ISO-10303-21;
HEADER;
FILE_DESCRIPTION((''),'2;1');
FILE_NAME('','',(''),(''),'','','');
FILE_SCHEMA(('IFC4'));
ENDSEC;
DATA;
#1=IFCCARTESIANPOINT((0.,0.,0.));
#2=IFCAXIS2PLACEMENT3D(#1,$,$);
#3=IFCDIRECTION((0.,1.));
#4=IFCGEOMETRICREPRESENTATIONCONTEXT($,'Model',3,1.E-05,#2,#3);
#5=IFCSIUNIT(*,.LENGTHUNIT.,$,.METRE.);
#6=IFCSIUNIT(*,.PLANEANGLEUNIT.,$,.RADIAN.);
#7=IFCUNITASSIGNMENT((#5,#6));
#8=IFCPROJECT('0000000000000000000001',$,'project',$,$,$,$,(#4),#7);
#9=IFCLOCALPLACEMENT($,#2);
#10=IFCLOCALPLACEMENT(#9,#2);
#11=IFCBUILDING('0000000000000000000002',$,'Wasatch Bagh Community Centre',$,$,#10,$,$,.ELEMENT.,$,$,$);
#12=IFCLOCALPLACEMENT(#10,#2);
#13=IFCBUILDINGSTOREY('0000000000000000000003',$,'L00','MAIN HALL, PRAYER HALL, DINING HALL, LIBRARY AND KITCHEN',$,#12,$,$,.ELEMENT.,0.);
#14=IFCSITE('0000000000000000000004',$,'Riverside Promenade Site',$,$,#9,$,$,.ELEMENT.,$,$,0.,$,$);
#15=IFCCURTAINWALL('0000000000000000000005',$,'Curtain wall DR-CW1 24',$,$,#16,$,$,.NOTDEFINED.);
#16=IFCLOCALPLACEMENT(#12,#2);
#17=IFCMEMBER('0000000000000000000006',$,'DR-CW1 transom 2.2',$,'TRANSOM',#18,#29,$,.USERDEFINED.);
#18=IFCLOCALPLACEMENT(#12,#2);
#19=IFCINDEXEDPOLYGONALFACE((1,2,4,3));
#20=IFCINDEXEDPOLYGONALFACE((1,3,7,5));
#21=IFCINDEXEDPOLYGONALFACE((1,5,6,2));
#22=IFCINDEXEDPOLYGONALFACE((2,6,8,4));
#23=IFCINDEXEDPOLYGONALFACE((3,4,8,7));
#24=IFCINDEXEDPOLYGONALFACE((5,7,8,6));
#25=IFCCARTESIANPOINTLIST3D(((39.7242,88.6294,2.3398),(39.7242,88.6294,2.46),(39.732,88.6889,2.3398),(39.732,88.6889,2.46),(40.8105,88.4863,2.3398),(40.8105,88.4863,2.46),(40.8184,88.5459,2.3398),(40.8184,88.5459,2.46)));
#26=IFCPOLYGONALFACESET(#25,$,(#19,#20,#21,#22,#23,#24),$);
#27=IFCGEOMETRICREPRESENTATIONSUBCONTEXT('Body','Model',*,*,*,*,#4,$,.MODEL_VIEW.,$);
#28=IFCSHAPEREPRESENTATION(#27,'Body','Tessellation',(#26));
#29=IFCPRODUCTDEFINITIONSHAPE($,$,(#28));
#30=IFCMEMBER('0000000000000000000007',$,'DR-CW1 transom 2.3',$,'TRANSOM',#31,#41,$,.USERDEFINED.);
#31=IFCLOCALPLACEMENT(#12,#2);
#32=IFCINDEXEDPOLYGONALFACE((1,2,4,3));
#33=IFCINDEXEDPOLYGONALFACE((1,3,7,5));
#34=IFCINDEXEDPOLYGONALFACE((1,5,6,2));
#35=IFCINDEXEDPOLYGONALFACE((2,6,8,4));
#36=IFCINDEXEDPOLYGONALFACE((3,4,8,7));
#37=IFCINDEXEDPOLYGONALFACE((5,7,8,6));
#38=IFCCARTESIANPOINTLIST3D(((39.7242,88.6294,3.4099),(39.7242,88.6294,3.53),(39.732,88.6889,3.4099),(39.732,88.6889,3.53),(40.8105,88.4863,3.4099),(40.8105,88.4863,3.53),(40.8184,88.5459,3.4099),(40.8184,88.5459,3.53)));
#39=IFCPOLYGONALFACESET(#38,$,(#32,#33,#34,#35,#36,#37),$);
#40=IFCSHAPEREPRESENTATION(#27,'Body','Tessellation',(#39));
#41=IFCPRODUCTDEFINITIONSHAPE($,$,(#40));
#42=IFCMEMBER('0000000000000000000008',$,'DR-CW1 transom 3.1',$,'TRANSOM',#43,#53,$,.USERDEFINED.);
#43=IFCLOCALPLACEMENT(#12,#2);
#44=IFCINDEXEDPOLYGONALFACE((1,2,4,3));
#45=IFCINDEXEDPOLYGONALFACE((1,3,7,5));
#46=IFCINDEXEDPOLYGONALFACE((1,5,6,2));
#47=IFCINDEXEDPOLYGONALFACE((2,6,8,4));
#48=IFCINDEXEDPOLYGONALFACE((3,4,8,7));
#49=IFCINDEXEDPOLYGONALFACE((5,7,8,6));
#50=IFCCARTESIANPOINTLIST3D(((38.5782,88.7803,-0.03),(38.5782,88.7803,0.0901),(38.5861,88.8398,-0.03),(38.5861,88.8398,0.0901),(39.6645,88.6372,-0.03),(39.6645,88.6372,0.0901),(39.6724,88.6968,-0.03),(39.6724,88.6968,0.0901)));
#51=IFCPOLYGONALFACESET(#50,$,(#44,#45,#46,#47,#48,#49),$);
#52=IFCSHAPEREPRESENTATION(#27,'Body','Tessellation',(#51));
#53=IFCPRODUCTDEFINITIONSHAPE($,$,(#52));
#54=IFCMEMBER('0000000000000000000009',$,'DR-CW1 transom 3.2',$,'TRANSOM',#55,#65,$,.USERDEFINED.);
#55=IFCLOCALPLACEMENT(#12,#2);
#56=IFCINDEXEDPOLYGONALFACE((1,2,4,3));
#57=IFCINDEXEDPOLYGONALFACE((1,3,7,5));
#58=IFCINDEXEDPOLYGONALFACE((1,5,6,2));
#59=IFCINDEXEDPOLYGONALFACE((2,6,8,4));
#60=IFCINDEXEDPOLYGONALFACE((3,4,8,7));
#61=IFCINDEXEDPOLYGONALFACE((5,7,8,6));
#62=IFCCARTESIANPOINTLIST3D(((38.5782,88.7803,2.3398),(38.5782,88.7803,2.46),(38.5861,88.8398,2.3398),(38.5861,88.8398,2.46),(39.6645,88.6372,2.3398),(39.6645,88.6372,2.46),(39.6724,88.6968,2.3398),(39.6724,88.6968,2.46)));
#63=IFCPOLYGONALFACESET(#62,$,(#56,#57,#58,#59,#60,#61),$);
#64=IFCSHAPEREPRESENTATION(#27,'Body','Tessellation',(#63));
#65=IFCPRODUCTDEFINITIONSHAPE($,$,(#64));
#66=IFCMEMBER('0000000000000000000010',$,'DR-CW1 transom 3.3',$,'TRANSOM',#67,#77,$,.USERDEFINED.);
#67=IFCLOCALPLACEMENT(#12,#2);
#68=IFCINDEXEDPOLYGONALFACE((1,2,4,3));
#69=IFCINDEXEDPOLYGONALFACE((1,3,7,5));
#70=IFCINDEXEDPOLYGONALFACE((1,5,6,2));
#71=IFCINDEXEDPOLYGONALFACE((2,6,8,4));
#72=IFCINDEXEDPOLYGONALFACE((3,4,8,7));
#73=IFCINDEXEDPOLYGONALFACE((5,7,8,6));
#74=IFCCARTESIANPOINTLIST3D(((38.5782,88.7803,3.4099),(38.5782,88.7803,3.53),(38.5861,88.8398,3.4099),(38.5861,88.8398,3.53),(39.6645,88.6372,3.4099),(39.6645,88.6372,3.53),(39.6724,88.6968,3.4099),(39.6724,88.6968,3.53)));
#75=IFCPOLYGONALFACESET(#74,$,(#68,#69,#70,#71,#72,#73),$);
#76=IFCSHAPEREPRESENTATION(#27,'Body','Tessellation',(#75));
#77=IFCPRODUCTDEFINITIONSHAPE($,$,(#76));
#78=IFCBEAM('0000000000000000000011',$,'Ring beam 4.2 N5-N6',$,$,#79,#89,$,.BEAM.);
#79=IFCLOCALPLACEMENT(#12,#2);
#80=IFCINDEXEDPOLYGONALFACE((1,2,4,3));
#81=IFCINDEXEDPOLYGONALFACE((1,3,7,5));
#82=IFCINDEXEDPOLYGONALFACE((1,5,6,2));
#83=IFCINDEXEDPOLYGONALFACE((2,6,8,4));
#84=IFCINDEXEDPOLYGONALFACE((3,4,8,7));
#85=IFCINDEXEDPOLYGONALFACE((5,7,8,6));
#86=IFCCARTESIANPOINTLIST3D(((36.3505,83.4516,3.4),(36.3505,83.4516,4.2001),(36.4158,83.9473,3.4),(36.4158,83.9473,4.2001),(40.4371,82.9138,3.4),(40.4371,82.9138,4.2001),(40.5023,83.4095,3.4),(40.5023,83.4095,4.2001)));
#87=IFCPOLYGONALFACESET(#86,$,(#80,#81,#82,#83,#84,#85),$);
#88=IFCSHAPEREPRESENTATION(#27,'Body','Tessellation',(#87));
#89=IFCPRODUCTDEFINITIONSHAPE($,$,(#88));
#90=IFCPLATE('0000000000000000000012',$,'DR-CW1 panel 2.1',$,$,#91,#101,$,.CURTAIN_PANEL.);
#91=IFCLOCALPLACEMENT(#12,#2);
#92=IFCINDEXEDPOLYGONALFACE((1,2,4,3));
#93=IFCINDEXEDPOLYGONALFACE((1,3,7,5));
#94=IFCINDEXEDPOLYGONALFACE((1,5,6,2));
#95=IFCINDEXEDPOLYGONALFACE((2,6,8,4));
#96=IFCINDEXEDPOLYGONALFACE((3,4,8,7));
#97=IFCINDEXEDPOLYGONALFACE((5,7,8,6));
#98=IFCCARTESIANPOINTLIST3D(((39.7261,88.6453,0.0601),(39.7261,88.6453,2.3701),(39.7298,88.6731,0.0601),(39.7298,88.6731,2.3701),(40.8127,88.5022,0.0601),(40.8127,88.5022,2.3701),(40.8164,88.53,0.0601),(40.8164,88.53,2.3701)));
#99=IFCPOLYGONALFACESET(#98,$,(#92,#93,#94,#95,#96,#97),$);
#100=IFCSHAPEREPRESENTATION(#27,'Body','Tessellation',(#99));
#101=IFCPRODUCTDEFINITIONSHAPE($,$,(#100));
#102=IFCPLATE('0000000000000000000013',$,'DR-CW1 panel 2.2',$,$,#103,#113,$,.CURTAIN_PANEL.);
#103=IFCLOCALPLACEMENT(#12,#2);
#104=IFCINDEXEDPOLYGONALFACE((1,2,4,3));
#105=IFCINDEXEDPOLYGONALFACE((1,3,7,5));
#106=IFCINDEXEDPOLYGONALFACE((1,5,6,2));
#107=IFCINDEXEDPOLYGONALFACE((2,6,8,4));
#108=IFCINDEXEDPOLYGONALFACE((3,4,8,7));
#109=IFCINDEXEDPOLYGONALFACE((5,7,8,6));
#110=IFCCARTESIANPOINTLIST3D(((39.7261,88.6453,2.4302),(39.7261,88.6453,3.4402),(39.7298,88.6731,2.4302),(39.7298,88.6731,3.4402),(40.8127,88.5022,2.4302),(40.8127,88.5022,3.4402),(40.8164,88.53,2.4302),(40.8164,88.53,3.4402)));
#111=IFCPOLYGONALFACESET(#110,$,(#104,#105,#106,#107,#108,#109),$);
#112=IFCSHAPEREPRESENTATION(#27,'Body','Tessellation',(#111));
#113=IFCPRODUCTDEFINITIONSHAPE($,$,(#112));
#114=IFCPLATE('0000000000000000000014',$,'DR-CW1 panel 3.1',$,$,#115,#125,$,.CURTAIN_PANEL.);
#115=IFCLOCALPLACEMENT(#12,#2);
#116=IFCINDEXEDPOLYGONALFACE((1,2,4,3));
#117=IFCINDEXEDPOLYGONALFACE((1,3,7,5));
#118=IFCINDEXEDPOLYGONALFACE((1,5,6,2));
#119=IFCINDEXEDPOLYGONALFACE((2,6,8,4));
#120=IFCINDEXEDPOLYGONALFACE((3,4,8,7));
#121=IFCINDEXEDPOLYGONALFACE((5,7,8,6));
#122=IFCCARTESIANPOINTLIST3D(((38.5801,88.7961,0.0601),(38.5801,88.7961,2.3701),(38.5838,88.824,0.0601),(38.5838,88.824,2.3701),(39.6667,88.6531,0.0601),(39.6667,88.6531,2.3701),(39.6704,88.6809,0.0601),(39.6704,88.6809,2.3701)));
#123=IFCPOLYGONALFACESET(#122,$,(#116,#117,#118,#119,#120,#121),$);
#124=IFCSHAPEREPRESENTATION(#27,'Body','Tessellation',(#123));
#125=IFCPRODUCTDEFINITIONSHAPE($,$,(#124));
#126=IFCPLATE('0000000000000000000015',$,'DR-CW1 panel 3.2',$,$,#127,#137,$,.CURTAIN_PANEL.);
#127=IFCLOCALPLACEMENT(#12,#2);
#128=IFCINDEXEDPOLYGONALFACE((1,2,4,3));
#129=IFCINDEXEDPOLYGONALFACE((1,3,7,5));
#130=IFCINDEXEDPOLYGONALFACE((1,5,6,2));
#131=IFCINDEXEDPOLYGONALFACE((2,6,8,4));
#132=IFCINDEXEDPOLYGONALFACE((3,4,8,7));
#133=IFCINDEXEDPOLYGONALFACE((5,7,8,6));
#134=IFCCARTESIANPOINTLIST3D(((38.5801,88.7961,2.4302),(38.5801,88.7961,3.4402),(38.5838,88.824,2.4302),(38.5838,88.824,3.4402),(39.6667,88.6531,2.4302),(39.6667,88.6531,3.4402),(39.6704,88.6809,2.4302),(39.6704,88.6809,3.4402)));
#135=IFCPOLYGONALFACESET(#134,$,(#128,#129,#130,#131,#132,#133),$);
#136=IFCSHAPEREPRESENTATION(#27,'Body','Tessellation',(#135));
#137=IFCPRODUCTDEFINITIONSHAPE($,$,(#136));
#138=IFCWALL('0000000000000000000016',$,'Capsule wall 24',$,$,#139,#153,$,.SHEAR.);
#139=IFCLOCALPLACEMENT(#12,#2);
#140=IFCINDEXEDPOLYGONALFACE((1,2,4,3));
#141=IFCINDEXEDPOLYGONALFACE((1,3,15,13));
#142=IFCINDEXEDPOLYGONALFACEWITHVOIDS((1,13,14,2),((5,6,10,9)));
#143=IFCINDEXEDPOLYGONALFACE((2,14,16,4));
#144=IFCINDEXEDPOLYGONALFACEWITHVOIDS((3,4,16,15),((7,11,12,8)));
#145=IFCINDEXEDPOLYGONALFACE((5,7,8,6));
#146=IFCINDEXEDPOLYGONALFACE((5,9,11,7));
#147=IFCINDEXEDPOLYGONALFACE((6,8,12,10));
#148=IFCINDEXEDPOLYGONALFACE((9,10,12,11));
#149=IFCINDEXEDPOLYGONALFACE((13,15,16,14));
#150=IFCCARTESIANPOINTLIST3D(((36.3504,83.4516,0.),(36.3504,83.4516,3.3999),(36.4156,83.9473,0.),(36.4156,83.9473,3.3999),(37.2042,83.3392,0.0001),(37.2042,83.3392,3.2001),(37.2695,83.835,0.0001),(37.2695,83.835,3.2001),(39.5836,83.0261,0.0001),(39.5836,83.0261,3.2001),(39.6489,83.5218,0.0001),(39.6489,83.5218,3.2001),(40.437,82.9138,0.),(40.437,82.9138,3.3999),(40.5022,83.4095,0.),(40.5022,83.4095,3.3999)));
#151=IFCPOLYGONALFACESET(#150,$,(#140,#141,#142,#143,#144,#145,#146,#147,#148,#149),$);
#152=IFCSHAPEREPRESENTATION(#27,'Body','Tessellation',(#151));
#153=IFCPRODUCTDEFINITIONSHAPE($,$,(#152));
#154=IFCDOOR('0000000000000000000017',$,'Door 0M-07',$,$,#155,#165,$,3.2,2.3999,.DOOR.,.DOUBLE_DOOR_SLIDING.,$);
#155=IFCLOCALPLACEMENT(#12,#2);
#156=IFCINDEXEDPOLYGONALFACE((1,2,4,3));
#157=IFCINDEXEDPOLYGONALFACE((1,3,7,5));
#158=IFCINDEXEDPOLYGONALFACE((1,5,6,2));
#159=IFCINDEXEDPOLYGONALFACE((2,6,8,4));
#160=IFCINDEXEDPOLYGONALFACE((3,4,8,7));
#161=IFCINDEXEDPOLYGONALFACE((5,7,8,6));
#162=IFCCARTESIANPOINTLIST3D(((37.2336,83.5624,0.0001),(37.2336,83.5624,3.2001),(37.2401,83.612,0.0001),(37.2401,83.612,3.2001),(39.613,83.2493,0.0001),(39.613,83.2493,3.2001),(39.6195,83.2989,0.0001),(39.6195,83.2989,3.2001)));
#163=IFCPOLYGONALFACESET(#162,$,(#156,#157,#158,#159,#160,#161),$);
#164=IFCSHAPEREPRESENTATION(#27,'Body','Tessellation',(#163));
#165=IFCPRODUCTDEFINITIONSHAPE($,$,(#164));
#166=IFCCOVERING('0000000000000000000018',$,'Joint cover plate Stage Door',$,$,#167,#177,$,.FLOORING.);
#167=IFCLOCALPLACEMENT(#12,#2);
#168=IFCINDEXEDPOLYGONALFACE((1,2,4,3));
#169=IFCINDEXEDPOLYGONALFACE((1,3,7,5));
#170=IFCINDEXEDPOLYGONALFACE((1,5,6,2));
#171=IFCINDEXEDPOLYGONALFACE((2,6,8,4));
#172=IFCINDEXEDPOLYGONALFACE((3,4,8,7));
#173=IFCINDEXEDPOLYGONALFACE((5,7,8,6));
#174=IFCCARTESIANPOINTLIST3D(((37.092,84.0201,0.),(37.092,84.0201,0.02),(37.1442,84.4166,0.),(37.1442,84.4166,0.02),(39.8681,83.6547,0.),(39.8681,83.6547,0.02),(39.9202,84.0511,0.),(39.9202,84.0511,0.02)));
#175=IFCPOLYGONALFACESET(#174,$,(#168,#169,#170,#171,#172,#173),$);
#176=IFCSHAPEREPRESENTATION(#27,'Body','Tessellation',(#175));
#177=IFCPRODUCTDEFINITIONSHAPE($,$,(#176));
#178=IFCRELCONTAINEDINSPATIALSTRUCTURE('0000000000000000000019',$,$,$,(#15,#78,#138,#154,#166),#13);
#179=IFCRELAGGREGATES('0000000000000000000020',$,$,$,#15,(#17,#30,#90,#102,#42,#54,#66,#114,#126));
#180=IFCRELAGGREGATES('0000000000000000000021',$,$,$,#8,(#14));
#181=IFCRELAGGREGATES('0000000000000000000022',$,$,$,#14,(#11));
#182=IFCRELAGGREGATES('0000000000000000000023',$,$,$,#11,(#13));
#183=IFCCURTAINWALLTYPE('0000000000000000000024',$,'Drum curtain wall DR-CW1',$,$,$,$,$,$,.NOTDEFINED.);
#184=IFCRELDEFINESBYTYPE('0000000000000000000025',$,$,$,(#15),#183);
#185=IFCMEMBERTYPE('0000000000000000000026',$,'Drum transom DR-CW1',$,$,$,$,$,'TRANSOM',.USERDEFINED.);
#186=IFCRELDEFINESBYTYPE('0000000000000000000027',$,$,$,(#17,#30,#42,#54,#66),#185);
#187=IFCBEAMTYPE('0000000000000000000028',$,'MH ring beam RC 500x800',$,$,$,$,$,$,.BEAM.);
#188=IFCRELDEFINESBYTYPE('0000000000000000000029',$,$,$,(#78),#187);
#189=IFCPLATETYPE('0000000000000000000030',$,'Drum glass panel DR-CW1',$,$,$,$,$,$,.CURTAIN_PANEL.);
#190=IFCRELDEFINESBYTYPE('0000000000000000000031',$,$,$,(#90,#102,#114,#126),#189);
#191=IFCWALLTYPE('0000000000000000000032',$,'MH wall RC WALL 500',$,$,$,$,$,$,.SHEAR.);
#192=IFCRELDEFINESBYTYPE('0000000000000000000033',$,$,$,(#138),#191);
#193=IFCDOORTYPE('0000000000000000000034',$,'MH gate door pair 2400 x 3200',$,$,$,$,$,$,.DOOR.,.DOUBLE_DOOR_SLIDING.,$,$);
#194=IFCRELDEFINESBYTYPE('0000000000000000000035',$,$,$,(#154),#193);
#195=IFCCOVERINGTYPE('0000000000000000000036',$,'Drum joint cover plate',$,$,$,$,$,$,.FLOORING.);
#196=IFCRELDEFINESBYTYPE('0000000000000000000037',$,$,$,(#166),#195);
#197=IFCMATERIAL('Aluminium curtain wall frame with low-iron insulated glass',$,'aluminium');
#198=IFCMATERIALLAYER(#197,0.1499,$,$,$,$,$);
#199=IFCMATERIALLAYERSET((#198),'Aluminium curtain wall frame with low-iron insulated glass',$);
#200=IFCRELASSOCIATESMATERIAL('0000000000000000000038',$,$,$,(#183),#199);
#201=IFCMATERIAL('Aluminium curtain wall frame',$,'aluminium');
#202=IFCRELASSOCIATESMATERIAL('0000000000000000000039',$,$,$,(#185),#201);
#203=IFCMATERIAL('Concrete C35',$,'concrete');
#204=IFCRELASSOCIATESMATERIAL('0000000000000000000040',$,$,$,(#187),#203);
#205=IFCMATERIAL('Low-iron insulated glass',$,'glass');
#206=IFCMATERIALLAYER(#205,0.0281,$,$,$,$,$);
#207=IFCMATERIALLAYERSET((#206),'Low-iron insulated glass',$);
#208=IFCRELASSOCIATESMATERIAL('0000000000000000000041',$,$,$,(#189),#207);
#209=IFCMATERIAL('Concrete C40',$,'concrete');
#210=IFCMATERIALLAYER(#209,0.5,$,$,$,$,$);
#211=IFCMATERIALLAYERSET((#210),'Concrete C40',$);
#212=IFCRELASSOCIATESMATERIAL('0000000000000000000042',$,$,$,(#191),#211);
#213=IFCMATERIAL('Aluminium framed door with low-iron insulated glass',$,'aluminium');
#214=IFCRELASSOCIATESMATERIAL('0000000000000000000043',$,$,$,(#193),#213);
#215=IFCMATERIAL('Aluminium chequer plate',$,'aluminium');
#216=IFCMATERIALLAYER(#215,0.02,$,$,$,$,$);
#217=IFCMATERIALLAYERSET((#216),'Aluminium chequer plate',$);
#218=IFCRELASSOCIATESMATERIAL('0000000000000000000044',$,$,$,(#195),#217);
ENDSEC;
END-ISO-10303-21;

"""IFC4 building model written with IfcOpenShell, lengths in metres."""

from ifc_helpers import new_model, si_unit, direction, frame, frame_2d, origin, origin_2d, place, context, subcontext, project, spatial, rectangle, extrude, material, layer, layer_set, material_profile, profile_set, type_object, element, fill, aggregate, save


model = new_model("IFC4")

# Units and contexts
model_context = context("Model", 3, precision=1e-05, world=origin(), true_north=direction((0.0, 1.0)))
body_context = subcontext(model_context, "Body", "Model", "MODEL_VIEW")
ifc_project = project(units=[si_unit("LENGTHUNIT", "METRE"), si_unit("PLANEANGLEUNIT", "RADIAN")], contexts=[model_context])

# Site, building, storey
site_placement = place(None, origin())
site = spatial("IfcSite", under=ifc_project, at=site_placement, Name="Riverside Promenade Site", CompositionType="ELEMENT", RefElevation=0.0)
building_placement = place(site_placement, origin())
building = spatial("IfcBuilding", under=site, at=building_placement, Name="Wasatch Bagh Community Centre", CompositionType="ELEMENT")
storey_placement = place(building_placement, origin())
storey = spatial("IfcBuildingStorey", under=building, at=storey_placement, Name="L00", Description="MAIN HALL, PRAYER HALL, DINING HALL, LIBRARY AND KITCHEN", CompositionType="ELEMENT", Elevation=0.0)

# Shared definitions
ifc_material_1 = material(Name="Concrete C35", Category="concrete")

# Curtain wall, members
ifc_material_2 = material(Name="Aluminium curtain wall frame with low-iron insulated glass", Category="aluminium")
ifc_layer_1 = layer(ifc_material_2, 0.1499)
ifc_layer_set_1 = layer_set([ifc_layer_1], Name="Aluminium curtain wall frame with low-iron insulated glass")
curtain_wall_type = type_object("IfcCurtainWallType", Name="Drum curtain wall DR-CW1", PredefinedType="NOTDEFINED", material=ifc_layer_set_1)
curtain_wall_placement = place(storey_placement, origin())
curtain_wall = element("IfcCurtainWall", 1, at=curtain_wall_placement, inside=storey, type_object=curtain_wall_type, Name="Curtain wall DR-CW1 24", PredefinedType="NOTDEFINED")
ifc_material_3 = material(Name="Aluminium curtain wall frame", Category="aluminium")
ifc_material_profile_1 = material_profile(ifc_material_3, rectangle(XDim=0.0601, YDim=0.1201, at=origin_2d()), Name="Drum transom DR-CW1")
ifc_profile_set_1 = profile_set([ifc_material_profile_1], Name="Aluminium curtain wall frame")
member_type_1 = type_object("IfcMemberType", Name="Drum transom DR-CW1", ElementType="TRANSOM", PredefinedType="USERDEFINED", material=ifc_profile_set_1)
member_1_placement = place(storey_placement, frame((40.8145, 88.5161, 2.3999), z_axis=(-0.991441, 0.130558, 0.0), x_axis=(-0.130558, -0.991441, 0.0)))
member_1 = element("IfcMember", 2, at=member_1_placement, type_object=member_type_1, Name="DR-CW1 transom 2.2", ObjectType="TRANSOM", PredefinedType="USERDEFINED", context=body_context, shape_type="SweptSolid", body=[
    extrude(rectangle(XDim=0.0601, YDim=0.1201, at=origin_2d()), origin(), (0.0, 0.0, 1.0), 1.0957),
])
member_2_placement = place(storey_placement, frame((40.8145, 88.5161, 3.47), z_axis=(-0.991441, 0.130558, 0.0), x_axis=(-0.130558, -0.991441, 0.0)))
member_2 = element("IfcMember", 3, at=member_2_placement, type_object=member_type_1, Name="DR-CW1 transom 2.3", ObjectType="TRANSOM", PredefinedType="USERDEFINED", context=body_context, shape_type="SweptSolid", body=[
    extrude(rectangle(XDim=0.0601, YDim=0.1201, at=origin_2d()), origin(), (0.0, 0.0, 1.0), 1.0957),
])
member_3_placement = place(storey_placement, frame((39.6685, 88.667, 0.03), z_axis=(-0.991441, 0.130558, 0.0), x_axis=(-0.130558, -0.991441, 0.0)))
member_3 = element("IfcMember", 4, at=member_3_placement, type_object=member_type_1, Name="DR-CW1 transom 3.1", ObjectType="TRANSOM", PredefinedType="USERDEFINED", context=body_context, shape_type="SweptSolid", body=[
    extrude(rectangle(XDim=0.0601, YDim=0.1201, at=origin_2d()), origin(), (0.0, 0.0, 1.0), 1.0957),
])
member_4_placement = place(storey_placement, frame((39.6685, 88.667, 2.3999), z_axis=(-0.991441, 0.130558, 0.0), x_axis=(-0.130558, -0.991441, 0.0)))
member_4 = element("IfcMember", 5, at=member_4_placement, type_object=member_type_1, Name="DR-CW1 transom 3.2", ObjectType="TRANSOM", PredefinedType="USERDEFINED", context=body_context, shape_type="SweptSolid", body=[
    extrude(rectangle(XDim=0.0601, YDim=0.1201, at=origin_2d()), origin(), (0.0, 0.0, 1.0), 1.0957),
])
member_5_placement = place(storey_placement, frame((39.6685, 88.667, 3.47), z_axis=(-0.991441, 0.130558, 0.0), x_axis=(-0.130558, -0.991441, 0.0)))
member_5 = element("IfcMember", 6, at=member_5_placement, type_object=member_type_1, Name="DR-CW1 transom 3.3", ObjectType="TRANSOM", PredefinedType="USERDEFINED", context=body_context, shape_type="SweptSolid", body=[
    extrude(rectangle(XDim=0.0601, YDim=0.1201, at=origin_2d()), origin(), (0.0, 0.0, 1.0), 1.0957),
])

# Beam
ifc_material_profile_2 = material_profile(ifc_material_1, rectangle(XDim=0.5, YDim=0.8, at=origin_2d()), Name="RC 500x800")
ifc_profile_set_2 = profile_set([ifc_material_profile_2], Name="Concrete C35")
beam_type = type_object("IfcBeamType", Name="MH ring beam RC 500x800", PredefinedType="BEAM", material=ifc_profile_set_2)
beam_placement = place(storey_placement, frame((40.4697, 83.1616, 3.8), z_axis=(-0.99145, 0.130484, 0.0), x_axis=(-0.130484, -0.99145, 0.0)))
element("IfcBeam", 7, at=beam_placement, inside=storey, type_object=beam_type, Name="Ring beam 4.2 N5-N6", PredefinedType="BEAM", context=body_context, shape_type="SweptSolid", body=[
    extrude(rectangle(XDim=0.5, YDim=0.8, at=origin_2d()), origin(), (0.0, 0.0, 1.0), 4.1218),
])

# Plates
ifc_material_4 = material(Name="Low-iron insulated glass", Category="glass")
ifc_layer_2 = layer(ifc_material_4, 0.0281)
ifc_layer_set_2 = layer_set([ifc_layer_2], Name="Low-iron insulated glass")
plate_type = type_object("IfcPlateType", Name="Drum glass panel DR-CW1", PredefinedType="CURTAIN_PANEL", material=ifc_layer_set_2)
plate_1_placement = place(storey_placement, frame((40.2712, 88.5876, 0.0601), z_axis=(0.0, 0.0, 1.0), x_axis=(-0.991445, 0.130526, 0.0)))
plate_1 = element("IfcPlate", 8, at=plate_1_placement, type_object=plate_type, Name="DR-CW1 panel 2.1", PredefinedType="CURTAIN_PANEL", context=body_context, shape_type="SweptSolid", body=[
    extrude(rectangle(XDim=1.0959, YDim=0.0281, at=origin_2d()), origin(), (0.0, 0.0, 1.0), 2.3101),
])
plate_2_placement = place(storey_placement, frame((40.2712, 88.5876, 2.4302), z_axis=(0.0, 0.0, 1.0), x_axis=(-0.991445, 0.130526, 0.0)))
plate_2 = element("IfcPlate", 9, at=plate_2_placement, type_object=plate_type, Name="DR-CW1 panel 2.2", PredefinedType="CURTAIN_PANEL", context=body_context, shape_type="SweptSolid", body=[
    extrude(rectangle(XDim=1.0959, YDim=0.0281, at=origin_2d()), origin(), (0.0, 0.0, 1.0), 1.01),
])
plate_3_placement = place(storey_placement, frame((39.1252, 88.7385, 0.0601), z_axis=(0.0, 0.0, 1.0), x_axis=(-0.991445, 0.130526, 0.0)))
plate_3 = element("IfcPlate", 10, at=plate_3_placement, type_object=plate_type, Name="DR-CW1 panel 3.1", PredefinedType="CURTAIN_PANEL", context=body_context, shape_type="SweptSolid", body=[
    extrude(rectangle(XDim=1.0959, YDim=0.0281, at=origin_2d()), origin(), (0.0, 0.0, 1.0), 2.3101),
])
plate_4_placement = place(storey_placement, frame((39.1252, 88.7385, 2.4302), z_axis=(0.0, 0.0, 1.0), x_axis=(-0.991445, 0.130526, 0.0)))
plate_4 = element("IfcPlate", 11, at=plate_4_placement, type_object=plate_type, Name="DR-CW1 panel 3.2", PredefinedType="CURTAIN_PANEL", context=body_context, shape_type="SweptSolid", body=[
    extrude(rectangle(XDim=1.0959, YDim=0.0281, at=origin_2d()), origin(), (0.0, 0.0, 1.0), 1.01),
])
aggregate(curtain_wall, [member_1, member_2, plate_1, plate_2, member_3, member_4, member_5, plate_3, plate_4])

# Wall, opening, door
ifc_material_5 = material(Name="Concrete C40", Category="concrete")
ifc_layer_3 = layer(ifc_material_5, 0.5)
ifc_layer_set_3 = layer_set([ifc_layer_3], Name="Concrete C40")
wall_type = type_object("IfcWallType", Name="MH wall RC WALL 500", PredefinedType="SHEAR", material=ifc_layer_set_3)
wall_placement = place(storey_placement, frame((40.4697, 83.1616, 0.0), z_axis=(0.0, 0.0, 1.0), x_axis=(-0.99145, 0.130484, 0.0)))
wall = element("IfcWall", 12, at=wall_placement, inside=storey, type_object=wall_type, Name="Capsule wall 24", PredefinedType="SHEAR", context=body_context, shape_type="SweptSolid", body=[
    extrude(rectangle(XDim=4.1218, YDim=0.5, at=frame_2d((2.061, 0.0))), origin(), (0.0, 0.0, 1.0), 3.3999),
])
opening_placement = place(wall_placement, frame((0.8608, 0.0, 0.0)))
opening = element("IfcOpeningElement", 13, at=opening_placement, cuts=wall, PredefinedType="OPENING", context=body_context, shape_type="SweptSolid", body=[
    extrude(rectangle(XDim=2.3999, YDim=3.2, at=frame_2d((1.2, 1.6001))), frame((0.0, 0.26, 0.0), z_axis=(0.0, -1.0, 0.0), x_axis=(1.0, 0.0, 0.0)), (0.0, 0.0, 1.0), 0.52),
])
ifc_material_6 = material(Name="Aluminium framed door with low-iron insulated glass", Category="aluminium")
door_type = type_object("IfcDoorType", Name="MH gate door pair 2400 x 3200", OperationType="DOUBLE_DOOR_SLIDING", PredefinedType="DOOR", material=ifc_material_6)
door_placement = place(opening_placement, origin())
door = element("IfcDoor", 14, at=door_placement, inside=storey, type_object=door_type, Name="Door 0M-07", OperationType="DOUBLE_DOOR_SLIDING", OverallHeight=3.2, OverallWidth=2.3999, PredefinedType="DOOR", context=body_context, shape_type="SweptSolid", body=[
    extrude(rectangle(XDim=2.3999, YDim=3.2, at=frame_2d((1.2, 1.6001))), frame((0.0, 0.0249, 0.0), z_axis=(0.0, -1.0, 0.0), x_axis=(1.0, 0.0, 0.0)), (0.0, 0.0, 1.0), 0.05),
])
fill(opening, door)

# Covering
ifc_material_7 = material(Name="Aluminium chequer plate", Category="aluminium")
ifc_layer_4 = layer(ifc_material_7, 0.02)
ifc_layer_set_4 = layer_set([ifc_layer_4], Name="Aluminium chequer plate")
covering_type = type_object("IfcCoveringType", Name="Drum joint cover plate", PredefinedType="FLOORING", material=ifc_layer_set_4)
covering_placement = place(storey_placement, frame((38.5061, 84.0356, 0.0), z_axis=(0.0, 0.0, 1.0), x_axis=(0.130526, 0.991445, 0.0)))
element("IfcCovering", 15, at=covering_placement, inside=storey, type_object=covering_type, Name="Joint cover plate Stage Door", PredefinedType="FLOORING", context=body_context, shape_type="SweptSolid", body=[
    extrude(rectangle(XDim=0.3999, YDim=2.8, at=origin_2d()), origin(), (0.0, 0.0, 1.0), 0.02),
])

save(model, "model.ifc")
